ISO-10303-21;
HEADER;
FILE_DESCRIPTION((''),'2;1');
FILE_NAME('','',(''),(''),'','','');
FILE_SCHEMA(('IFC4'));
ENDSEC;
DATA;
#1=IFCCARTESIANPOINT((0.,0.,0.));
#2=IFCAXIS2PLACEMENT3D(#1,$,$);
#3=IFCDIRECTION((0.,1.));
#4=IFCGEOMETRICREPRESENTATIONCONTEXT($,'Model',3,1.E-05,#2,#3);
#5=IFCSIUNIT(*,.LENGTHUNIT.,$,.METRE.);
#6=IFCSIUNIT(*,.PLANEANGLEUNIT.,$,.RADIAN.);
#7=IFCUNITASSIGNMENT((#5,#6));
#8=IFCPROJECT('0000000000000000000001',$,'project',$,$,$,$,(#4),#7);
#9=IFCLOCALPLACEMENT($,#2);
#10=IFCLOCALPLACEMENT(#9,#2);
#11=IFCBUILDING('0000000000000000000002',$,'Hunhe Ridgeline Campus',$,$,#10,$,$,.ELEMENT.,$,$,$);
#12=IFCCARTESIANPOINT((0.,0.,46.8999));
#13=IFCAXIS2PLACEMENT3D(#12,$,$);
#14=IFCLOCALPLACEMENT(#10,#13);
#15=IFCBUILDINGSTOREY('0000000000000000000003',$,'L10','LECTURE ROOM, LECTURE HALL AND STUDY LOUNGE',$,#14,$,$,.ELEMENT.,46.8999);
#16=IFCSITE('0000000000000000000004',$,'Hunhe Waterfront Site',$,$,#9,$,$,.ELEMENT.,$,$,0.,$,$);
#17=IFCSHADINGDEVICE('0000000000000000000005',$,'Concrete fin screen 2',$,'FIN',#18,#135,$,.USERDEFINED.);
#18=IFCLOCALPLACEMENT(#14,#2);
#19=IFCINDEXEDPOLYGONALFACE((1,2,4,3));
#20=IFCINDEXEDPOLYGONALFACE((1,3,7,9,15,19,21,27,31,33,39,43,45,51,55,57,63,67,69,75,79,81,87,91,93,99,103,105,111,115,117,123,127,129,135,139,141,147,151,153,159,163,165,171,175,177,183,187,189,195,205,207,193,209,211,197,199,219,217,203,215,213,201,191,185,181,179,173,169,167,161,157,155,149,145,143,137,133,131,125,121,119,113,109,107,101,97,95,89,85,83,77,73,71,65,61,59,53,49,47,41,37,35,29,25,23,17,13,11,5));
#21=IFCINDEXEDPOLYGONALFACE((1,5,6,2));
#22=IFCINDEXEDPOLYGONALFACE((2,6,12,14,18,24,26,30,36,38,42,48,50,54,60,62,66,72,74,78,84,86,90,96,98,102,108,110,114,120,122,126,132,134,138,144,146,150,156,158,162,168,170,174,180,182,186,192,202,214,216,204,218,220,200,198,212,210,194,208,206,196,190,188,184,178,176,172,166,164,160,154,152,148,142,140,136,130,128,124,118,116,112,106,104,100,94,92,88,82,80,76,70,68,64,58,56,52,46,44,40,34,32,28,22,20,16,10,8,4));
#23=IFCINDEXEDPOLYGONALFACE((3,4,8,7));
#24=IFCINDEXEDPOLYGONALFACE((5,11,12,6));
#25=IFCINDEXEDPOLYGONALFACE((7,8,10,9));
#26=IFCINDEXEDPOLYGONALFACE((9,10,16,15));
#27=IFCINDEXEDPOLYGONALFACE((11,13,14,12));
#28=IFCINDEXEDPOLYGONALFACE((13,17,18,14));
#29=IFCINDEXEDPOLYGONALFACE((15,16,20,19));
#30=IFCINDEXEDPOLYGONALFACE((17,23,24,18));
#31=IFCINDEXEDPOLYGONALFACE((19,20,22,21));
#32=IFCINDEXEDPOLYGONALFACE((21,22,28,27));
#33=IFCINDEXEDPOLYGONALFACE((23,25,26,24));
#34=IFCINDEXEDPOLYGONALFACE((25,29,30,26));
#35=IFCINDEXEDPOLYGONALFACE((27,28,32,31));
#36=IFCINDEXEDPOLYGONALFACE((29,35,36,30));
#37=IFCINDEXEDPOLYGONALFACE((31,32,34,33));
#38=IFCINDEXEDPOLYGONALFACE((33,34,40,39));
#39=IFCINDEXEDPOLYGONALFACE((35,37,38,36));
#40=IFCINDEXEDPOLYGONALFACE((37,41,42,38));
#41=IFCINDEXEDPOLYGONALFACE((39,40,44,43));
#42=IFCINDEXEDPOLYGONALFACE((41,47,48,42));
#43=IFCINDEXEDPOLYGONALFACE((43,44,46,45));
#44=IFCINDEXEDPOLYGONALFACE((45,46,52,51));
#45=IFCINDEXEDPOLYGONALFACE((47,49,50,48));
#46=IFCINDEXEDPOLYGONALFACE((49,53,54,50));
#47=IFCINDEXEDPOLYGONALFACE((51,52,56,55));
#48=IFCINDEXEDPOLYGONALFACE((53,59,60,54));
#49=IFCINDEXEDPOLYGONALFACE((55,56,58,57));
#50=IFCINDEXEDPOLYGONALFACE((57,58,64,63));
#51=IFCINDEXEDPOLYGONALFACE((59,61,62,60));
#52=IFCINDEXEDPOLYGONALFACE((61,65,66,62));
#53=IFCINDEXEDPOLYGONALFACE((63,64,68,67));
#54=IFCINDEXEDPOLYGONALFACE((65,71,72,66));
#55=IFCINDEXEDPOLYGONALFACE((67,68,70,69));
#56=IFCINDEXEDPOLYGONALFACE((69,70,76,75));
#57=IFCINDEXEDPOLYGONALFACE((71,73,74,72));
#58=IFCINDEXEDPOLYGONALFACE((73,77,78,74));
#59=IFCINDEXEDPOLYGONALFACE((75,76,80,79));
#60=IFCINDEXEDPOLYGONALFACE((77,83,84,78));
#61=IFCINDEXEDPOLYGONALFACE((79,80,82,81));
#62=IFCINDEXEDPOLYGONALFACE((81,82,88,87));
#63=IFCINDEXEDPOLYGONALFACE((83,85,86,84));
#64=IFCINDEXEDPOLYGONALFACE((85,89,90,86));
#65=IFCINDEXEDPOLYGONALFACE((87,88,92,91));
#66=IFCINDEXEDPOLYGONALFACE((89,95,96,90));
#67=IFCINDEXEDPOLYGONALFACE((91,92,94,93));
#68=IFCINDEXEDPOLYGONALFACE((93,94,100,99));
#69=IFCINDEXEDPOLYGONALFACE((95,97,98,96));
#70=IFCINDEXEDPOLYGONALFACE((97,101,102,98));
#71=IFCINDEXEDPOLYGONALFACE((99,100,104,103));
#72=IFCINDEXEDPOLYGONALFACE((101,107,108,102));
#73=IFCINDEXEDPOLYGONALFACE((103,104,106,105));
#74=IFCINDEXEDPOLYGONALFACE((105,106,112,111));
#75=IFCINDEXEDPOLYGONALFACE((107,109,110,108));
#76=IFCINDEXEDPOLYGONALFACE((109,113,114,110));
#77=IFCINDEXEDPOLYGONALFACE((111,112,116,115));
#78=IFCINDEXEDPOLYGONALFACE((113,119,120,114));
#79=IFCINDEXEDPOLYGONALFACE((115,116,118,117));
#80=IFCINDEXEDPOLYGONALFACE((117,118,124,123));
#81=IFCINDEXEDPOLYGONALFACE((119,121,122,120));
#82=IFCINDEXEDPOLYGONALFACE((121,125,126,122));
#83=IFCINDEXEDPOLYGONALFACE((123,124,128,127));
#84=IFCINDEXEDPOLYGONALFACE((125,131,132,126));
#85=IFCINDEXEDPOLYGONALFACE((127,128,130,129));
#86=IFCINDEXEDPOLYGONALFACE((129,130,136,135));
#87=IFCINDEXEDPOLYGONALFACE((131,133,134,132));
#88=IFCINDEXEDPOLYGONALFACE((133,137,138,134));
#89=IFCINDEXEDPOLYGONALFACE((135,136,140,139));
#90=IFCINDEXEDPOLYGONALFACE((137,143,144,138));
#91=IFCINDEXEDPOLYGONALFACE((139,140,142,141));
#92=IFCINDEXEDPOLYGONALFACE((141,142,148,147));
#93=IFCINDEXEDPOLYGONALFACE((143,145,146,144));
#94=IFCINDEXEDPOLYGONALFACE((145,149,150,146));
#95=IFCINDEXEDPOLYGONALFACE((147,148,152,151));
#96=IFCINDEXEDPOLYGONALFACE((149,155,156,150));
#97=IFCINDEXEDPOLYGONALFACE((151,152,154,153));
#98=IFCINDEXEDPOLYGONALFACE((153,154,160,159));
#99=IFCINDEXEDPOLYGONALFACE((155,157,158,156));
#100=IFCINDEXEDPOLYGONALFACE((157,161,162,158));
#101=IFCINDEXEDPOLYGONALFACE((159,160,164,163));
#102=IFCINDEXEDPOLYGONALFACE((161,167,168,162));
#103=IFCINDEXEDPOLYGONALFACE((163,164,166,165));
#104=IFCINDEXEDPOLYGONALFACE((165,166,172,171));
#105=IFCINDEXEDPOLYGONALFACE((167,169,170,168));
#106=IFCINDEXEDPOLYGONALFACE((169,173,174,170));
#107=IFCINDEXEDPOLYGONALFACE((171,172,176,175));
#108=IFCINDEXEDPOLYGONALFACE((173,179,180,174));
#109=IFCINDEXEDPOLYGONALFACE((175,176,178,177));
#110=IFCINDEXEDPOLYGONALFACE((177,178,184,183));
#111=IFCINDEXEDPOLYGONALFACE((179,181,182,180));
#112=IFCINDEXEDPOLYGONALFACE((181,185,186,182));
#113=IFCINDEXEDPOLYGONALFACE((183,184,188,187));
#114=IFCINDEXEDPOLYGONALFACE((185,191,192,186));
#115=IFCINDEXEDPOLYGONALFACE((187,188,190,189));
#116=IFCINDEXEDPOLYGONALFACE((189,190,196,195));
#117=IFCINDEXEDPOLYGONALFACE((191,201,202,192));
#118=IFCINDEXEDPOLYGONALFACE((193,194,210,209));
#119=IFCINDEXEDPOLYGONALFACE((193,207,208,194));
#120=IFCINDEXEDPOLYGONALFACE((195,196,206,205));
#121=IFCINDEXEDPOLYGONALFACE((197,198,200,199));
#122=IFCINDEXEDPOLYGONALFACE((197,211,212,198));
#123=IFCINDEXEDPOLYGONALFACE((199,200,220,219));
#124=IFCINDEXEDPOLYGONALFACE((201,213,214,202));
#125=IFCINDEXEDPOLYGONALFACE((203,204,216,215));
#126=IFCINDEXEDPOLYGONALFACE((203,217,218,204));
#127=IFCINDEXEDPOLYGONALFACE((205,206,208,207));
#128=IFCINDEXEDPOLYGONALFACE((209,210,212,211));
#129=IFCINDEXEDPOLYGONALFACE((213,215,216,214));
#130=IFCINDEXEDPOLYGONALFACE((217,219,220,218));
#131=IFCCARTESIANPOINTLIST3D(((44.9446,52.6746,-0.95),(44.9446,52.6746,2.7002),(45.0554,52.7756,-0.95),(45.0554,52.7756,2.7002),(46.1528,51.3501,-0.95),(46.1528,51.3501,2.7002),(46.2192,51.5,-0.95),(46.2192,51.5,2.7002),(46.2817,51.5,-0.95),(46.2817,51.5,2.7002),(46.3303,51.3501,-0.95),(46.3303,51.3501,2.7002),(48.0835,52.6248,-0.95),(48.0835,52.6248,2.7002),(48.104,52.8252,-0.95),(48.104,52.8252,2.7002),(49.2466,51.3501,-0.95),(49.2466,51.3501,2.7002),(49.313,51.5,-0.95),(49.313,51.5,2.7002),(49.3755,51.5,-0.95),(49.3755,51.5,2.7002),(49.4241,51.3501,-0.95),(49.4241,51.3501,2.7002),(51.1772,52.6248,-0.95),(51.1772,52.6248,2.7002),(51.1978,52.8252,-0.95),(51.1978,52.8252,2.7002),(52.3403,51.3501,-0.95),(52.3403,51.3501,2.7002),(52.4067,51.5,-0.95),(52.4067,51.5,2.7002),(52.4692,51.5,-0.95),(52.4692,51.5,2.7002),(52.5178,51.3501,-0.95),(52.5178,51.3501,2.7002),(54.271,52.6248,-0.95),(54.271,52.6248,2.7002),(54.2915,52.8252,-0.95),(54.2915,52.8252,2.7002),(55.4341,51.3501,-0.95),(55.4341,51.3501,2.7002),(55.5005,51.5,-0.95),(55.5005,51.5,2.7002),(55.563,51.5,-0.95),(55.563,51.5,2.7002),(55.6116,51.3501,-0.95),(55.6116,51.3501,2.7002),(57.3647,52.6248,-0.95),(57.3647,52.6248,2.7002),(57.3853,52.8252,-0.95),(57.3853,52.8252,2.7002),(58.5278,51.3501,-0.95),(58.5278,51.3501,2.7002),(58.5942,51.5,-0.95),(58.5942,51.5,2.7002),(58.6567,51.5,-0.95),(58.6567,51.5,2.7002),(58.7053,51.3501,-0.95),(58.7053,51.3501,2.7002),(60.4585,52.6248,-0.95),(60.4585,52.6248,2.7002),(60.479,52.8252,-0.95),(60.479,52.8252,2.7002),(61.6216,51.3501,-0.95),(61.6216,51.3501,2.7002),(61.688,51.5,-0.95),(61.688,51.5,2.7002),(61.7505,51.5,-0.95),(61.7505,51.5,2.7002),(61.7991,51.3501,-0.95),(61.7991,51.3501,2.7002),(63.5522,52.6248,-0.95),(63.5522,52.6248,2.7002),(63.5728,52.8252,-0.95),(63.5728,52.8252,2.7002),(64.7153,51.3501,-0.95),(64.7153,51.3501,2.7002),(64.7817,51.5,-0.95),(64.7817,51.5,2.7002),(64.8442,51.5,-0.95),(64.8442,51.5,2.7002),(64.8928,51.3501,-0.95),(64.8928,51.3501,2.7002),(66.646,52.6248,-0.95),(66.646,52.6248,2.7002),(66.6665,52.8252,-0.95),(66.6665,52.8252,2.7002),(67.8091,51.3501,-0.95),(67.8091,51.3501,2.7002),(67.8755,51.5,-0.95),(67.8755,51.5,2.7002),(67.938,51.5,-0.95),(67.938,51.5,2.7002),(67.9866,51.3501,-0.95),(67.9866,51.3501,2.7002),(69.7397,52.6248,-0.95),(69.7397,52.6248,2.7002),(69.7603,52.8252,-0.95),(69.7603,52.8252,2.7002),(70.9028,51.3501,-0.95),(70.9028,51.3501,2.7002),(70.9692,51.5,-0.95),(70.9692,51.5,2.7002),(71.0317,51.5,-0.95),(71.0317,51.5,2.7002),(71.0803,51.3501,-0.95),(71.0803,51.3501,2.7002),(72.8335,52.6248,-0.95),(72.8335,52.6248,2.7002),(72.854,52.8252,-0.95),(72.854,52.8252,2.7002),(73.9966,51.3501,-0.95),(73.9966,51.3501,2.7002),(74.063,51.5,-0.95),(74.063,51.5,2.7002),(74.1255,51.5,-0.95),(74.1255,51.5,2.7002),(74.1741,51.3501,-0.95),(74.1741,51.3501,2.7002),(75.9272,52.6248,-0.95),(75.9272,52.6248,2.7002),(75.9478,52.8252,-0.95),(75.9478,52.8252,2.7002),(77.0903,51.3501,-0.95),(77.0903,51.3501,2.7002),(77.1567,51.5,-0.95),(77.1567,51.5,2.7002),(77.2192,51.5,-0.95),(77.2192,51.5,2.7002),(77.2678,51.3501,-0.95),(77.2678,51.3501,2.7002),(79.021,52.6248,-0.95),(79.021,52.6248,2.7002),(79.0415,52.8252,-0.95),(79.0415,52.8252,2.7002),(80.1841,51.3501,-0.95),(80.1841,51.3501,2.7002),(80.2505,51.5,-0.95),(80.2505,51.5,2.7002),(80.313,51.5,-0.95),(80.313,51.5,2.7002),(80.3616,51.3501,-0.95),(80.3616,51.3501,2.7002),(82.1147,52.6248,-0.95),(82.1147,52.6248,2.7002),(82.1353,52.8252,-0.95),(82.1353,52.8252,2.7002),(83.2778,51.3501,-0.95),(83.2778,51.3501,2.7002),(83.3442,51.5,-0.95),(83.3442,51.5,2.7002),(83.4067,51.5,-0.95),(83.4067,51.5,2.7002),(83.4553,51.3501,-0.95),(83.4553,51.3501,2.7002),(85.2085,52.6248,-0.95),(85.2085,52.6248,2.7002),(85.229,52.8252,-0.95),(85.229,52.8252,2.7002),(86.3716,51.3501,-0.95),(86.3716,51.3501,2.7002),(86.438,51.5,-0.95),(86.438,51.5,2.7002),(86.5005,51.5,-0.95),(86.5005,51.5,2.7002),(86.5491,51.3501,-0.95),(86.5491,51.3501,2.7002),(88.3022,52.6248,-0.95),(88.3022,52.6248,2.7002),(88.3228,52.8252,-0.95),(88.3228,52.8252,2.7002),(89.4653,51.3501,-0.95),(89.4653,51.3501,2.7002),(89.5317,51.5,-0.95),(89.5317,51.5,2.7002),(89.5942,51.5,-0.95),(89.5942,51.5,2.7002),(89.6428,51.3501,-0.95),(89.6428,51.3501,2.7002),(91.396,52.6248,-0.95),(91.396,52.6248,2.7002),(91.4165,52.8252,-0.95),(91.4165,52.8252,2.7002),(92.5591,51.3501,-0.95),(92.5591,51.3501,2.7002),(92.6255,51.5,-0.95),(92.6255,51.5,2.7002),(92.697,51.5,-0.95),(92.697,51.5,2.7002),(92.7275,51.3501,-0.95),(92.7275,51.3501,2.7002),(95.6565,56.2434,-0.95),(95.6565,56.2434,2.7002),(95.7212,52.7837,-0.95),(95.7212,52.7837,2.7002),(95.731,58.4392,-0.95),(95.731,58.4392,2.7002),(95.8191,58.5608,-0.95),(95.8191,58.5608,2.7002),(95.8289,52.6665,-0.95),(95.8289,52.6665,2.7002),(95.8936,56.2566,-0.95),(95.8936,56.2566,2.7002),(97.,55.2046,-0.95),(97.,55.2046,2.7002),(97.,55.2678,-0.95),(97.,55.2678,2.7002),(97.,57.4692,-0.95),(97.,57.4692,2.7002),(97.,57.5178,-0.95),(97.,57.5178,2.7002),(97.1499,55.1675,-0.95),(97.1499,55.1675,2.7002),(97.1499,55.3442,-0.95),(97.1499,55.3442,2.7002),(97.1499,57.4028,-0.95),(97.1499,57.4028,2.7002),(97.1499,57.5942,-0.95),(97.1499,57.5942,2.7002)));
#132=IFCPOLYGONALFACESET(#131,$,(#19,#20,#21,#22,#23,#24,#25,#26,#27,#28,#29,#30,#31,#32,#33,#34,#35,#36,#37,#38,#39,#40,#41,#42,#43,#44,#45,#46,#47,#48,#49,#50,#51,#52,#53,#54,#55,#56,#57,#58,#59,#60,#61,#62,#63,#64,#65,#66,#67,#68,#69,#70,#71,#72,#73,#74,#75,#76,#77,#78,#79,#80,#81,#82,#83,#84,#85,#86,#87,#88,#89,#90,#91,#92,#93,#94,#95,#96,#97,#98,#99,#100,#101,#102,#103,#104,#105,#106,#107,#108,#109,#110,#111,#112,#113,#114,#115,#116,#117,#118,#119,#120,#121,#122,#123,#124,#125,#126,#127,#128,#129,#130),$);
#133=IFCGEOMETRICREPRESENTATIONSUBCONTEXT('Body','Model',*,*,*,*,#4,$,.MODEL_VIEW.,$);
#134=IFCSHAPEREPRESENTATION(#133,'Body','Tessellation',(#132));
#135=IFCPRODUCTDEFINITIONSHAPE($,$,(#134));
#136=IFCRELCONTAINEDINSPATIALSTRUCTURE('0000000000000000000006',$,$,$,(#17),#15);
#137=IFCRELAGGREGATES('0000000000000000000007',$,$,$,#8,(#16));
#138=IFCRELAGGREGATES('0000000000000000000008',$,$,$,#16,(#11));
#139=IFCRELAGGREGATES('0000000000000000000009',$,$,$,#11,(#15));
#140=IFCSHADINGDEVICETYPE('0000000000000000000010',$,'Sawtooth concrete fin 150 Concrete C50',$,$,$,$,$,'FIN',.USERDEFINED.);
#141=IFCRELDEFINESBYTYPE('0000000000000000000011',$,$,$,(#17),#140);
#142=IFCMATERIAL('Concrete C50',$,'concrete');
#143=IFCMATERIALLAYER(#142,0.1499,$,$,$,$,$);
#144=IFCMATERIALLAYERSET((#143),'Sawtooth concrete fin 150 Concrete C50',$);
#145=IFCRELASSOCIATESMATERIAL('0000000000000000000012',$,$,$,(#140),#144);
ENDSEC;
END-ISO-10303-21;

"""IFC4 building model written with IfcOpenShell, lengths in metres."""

from ifc_helpers import new_model, si_unit, direction, frame, origin, place, context, subcontext, project, spatial, polyline, outline, extrude, material, layer, layer_set, type_object, element, save


model = new_model("IFC4")

# Units and contexts
model_context = context("Model", 3, precision=1e-05, world=origin(), true_north=direction((0.0, 1.0)))
body_context = subcontext(model_context, "Body", "Model", "MODEL_VIEW")
ifc_project = project(units=[si_unit("LENGTHUNIT", "METRE"), si_unit("PLANEANGLEUNIT", "RADIAN")], contexts=[model_context])

# Site, building, storey
site_placement = place(None, origin())
site = spatial("IfcSite", under=ifc_project, at=site_placement, Name="Hunhe Waterfront Site", CompositionType="ELEMENT", RefElevation=0.0)
building_placement = place(site_placement, origin())
building = spatial("IfcBuilding", under=site, at=building_placement, Name="Hunhe Ridgeline Campus", CompositionType="ELEMENT")
storey_placement = place(building_placement, frame((0.0, 0.0, 46.8999)))
storey = spatial("IfcBuildingStorey", under=building, at=storey_placement, Name="L10", Description="LECTURE ROOM, LECTURE HALL AND STUDY LOUNGE", CompositionType="ELEMENT", Elevation=46.8999)

# Shading device
ifc_material_1 = material(Name="Concrete C50", Category="concrete")
ifc_layer_1 = layer(ifc_material_1, 0.1499)
ifc_layer_set_1 = layer_set([ifc_layer_1], Name="Sawtooth concrete fin 150 Concrete C50")
shading_device_type = type_object("IfcShadingDeviceType", Name="Sawtooth concrete fin 150 Concrete C50", ElementType="FIN", PredefinedType="USERDEFINED", material=ifc_layer_set_1)
shading_device_1_placement = place(storey_placement, frame((0.0, 0.0, -0.95)))
element("IfcShadingDevice", 1, at=shading_device_1_placement, inside=storey, type_object=shading_device_type, Name="Concrete fin screen 2", ObjectType="FIN", PredefinedType="USERDEFINED", context=body_context, shape_type="SweptSolid", body=[
    extrude(outline(polyline([(45.0554, 52.7756), (44.9446, 52.6746), (46.1528, 51.3501), (46.3303, 51.3501), (48.0835, 52.6248), (49.2466, 51.3501), (49.4241, 51.3501), (51.1772, 52.6248), (52.3403, 51.3501), (52.5178, 51.3501), (54.271, 52.6248), (55.4341, 51.3501), (55.6116, 51.3501), (57.3647, 52.6248), (58.5278, 51.3501), (58.7053, 51.3501), (60.4585, 52.6248), (61.6216, 51.3501), (61.7991, 51.3501), (63.5522, 52.6248), (64.7153, 51.3501), (64.8928, 51.3501), (66.646, 52.6248), (67.8091, 51.3501), (67.9866, 51.3501), (69.7397, 52.6248), (70.9028, 51.3501), (71.0803, 51.3501), (72.8335, 52.6248), (73.9966, 51.3501), (74.1741, 51.3501), (75.9272, 52.6248), (77.0903, 51.3501), (77.2678, 51.3501), (79.021, 52.6248), (80.1841, 51.3501), (80.3616, 51.3501), (82.1147, 52.6248), (83.2778, 51.3501), (83.4553, 51.3501), (85.2085, 52.6248), (86.3716, 51.3501), (86.5491, 51.3501), (88.3022, 52.6248), (89.4653, 51.3501), (89.6428, 51.3501), (91.396, 52.6248), (92.5591, 51.3501), (92.7275, 51.3501), (95.8289, 52.6665), (97.1499, 55.1675), (97.1499, 55.3442), (95.8936, 56.2566), (97.1499, 57.4028), (97.1499, 57.5942), (95.8191, 58.5608), (95.731, 58.4392), (97.0, 57.5178), (97.0, 57.4692), (95.6565, 56.2434), (97.0, 55.2678), (97.0, 55.2046), (95.7212, 52.7837), (92.697, 51.5), (92.6255, 51.5), (91.4165, 52.8252), (89.5942, 51.5), (89.5317, 51.5), (88.3228, 52.8252), (86.5005, 51.5), (86.438, 51.5), (85.229, 52.8252), (83.4067, 51.5), (83.3442, 51.5), (82.1353, 52.8252), (80.313, 51.5), (80.2505, 51.5), (79.0415, 52.8252), (77.2192, 51.5), (77.1567, 51.5), (75.9478, 52.8252), (74.1255, 51.5), (74.063, 51.5), (72.854, 52.8252), (71.0317, 51.5), (70.9692, 51.5), (69.7603, 52.8252), (67.938, 51.5), (67.8755, 51.5), (66.6665, 52.8252), (64.8442, 51.5), (64.7817, 51.5), (63.5728, 52.8252), (61.7505, 51.5), (61.688, 51.5), (60.479, 52.8252), (58.6567, 51.5), (58.5942, 51.5), (57.3853, 52.8252), (55.563, 51.5), (55.5005, 51.5), (54.2915, 52.8252), (52.4692, 51.5), (52.4067, 51.5), (51.1978, 52.8252), (49.3755, 51.5), (49.313, 51.5), (48.104, 52.8252), (46.2817, 51.5), (46.2192, 51.5), (45.0554, 52.7756)])), origin(), (0.0, 0.0, 1.0), 3.6501),
])

save(model, "model.ifc")
